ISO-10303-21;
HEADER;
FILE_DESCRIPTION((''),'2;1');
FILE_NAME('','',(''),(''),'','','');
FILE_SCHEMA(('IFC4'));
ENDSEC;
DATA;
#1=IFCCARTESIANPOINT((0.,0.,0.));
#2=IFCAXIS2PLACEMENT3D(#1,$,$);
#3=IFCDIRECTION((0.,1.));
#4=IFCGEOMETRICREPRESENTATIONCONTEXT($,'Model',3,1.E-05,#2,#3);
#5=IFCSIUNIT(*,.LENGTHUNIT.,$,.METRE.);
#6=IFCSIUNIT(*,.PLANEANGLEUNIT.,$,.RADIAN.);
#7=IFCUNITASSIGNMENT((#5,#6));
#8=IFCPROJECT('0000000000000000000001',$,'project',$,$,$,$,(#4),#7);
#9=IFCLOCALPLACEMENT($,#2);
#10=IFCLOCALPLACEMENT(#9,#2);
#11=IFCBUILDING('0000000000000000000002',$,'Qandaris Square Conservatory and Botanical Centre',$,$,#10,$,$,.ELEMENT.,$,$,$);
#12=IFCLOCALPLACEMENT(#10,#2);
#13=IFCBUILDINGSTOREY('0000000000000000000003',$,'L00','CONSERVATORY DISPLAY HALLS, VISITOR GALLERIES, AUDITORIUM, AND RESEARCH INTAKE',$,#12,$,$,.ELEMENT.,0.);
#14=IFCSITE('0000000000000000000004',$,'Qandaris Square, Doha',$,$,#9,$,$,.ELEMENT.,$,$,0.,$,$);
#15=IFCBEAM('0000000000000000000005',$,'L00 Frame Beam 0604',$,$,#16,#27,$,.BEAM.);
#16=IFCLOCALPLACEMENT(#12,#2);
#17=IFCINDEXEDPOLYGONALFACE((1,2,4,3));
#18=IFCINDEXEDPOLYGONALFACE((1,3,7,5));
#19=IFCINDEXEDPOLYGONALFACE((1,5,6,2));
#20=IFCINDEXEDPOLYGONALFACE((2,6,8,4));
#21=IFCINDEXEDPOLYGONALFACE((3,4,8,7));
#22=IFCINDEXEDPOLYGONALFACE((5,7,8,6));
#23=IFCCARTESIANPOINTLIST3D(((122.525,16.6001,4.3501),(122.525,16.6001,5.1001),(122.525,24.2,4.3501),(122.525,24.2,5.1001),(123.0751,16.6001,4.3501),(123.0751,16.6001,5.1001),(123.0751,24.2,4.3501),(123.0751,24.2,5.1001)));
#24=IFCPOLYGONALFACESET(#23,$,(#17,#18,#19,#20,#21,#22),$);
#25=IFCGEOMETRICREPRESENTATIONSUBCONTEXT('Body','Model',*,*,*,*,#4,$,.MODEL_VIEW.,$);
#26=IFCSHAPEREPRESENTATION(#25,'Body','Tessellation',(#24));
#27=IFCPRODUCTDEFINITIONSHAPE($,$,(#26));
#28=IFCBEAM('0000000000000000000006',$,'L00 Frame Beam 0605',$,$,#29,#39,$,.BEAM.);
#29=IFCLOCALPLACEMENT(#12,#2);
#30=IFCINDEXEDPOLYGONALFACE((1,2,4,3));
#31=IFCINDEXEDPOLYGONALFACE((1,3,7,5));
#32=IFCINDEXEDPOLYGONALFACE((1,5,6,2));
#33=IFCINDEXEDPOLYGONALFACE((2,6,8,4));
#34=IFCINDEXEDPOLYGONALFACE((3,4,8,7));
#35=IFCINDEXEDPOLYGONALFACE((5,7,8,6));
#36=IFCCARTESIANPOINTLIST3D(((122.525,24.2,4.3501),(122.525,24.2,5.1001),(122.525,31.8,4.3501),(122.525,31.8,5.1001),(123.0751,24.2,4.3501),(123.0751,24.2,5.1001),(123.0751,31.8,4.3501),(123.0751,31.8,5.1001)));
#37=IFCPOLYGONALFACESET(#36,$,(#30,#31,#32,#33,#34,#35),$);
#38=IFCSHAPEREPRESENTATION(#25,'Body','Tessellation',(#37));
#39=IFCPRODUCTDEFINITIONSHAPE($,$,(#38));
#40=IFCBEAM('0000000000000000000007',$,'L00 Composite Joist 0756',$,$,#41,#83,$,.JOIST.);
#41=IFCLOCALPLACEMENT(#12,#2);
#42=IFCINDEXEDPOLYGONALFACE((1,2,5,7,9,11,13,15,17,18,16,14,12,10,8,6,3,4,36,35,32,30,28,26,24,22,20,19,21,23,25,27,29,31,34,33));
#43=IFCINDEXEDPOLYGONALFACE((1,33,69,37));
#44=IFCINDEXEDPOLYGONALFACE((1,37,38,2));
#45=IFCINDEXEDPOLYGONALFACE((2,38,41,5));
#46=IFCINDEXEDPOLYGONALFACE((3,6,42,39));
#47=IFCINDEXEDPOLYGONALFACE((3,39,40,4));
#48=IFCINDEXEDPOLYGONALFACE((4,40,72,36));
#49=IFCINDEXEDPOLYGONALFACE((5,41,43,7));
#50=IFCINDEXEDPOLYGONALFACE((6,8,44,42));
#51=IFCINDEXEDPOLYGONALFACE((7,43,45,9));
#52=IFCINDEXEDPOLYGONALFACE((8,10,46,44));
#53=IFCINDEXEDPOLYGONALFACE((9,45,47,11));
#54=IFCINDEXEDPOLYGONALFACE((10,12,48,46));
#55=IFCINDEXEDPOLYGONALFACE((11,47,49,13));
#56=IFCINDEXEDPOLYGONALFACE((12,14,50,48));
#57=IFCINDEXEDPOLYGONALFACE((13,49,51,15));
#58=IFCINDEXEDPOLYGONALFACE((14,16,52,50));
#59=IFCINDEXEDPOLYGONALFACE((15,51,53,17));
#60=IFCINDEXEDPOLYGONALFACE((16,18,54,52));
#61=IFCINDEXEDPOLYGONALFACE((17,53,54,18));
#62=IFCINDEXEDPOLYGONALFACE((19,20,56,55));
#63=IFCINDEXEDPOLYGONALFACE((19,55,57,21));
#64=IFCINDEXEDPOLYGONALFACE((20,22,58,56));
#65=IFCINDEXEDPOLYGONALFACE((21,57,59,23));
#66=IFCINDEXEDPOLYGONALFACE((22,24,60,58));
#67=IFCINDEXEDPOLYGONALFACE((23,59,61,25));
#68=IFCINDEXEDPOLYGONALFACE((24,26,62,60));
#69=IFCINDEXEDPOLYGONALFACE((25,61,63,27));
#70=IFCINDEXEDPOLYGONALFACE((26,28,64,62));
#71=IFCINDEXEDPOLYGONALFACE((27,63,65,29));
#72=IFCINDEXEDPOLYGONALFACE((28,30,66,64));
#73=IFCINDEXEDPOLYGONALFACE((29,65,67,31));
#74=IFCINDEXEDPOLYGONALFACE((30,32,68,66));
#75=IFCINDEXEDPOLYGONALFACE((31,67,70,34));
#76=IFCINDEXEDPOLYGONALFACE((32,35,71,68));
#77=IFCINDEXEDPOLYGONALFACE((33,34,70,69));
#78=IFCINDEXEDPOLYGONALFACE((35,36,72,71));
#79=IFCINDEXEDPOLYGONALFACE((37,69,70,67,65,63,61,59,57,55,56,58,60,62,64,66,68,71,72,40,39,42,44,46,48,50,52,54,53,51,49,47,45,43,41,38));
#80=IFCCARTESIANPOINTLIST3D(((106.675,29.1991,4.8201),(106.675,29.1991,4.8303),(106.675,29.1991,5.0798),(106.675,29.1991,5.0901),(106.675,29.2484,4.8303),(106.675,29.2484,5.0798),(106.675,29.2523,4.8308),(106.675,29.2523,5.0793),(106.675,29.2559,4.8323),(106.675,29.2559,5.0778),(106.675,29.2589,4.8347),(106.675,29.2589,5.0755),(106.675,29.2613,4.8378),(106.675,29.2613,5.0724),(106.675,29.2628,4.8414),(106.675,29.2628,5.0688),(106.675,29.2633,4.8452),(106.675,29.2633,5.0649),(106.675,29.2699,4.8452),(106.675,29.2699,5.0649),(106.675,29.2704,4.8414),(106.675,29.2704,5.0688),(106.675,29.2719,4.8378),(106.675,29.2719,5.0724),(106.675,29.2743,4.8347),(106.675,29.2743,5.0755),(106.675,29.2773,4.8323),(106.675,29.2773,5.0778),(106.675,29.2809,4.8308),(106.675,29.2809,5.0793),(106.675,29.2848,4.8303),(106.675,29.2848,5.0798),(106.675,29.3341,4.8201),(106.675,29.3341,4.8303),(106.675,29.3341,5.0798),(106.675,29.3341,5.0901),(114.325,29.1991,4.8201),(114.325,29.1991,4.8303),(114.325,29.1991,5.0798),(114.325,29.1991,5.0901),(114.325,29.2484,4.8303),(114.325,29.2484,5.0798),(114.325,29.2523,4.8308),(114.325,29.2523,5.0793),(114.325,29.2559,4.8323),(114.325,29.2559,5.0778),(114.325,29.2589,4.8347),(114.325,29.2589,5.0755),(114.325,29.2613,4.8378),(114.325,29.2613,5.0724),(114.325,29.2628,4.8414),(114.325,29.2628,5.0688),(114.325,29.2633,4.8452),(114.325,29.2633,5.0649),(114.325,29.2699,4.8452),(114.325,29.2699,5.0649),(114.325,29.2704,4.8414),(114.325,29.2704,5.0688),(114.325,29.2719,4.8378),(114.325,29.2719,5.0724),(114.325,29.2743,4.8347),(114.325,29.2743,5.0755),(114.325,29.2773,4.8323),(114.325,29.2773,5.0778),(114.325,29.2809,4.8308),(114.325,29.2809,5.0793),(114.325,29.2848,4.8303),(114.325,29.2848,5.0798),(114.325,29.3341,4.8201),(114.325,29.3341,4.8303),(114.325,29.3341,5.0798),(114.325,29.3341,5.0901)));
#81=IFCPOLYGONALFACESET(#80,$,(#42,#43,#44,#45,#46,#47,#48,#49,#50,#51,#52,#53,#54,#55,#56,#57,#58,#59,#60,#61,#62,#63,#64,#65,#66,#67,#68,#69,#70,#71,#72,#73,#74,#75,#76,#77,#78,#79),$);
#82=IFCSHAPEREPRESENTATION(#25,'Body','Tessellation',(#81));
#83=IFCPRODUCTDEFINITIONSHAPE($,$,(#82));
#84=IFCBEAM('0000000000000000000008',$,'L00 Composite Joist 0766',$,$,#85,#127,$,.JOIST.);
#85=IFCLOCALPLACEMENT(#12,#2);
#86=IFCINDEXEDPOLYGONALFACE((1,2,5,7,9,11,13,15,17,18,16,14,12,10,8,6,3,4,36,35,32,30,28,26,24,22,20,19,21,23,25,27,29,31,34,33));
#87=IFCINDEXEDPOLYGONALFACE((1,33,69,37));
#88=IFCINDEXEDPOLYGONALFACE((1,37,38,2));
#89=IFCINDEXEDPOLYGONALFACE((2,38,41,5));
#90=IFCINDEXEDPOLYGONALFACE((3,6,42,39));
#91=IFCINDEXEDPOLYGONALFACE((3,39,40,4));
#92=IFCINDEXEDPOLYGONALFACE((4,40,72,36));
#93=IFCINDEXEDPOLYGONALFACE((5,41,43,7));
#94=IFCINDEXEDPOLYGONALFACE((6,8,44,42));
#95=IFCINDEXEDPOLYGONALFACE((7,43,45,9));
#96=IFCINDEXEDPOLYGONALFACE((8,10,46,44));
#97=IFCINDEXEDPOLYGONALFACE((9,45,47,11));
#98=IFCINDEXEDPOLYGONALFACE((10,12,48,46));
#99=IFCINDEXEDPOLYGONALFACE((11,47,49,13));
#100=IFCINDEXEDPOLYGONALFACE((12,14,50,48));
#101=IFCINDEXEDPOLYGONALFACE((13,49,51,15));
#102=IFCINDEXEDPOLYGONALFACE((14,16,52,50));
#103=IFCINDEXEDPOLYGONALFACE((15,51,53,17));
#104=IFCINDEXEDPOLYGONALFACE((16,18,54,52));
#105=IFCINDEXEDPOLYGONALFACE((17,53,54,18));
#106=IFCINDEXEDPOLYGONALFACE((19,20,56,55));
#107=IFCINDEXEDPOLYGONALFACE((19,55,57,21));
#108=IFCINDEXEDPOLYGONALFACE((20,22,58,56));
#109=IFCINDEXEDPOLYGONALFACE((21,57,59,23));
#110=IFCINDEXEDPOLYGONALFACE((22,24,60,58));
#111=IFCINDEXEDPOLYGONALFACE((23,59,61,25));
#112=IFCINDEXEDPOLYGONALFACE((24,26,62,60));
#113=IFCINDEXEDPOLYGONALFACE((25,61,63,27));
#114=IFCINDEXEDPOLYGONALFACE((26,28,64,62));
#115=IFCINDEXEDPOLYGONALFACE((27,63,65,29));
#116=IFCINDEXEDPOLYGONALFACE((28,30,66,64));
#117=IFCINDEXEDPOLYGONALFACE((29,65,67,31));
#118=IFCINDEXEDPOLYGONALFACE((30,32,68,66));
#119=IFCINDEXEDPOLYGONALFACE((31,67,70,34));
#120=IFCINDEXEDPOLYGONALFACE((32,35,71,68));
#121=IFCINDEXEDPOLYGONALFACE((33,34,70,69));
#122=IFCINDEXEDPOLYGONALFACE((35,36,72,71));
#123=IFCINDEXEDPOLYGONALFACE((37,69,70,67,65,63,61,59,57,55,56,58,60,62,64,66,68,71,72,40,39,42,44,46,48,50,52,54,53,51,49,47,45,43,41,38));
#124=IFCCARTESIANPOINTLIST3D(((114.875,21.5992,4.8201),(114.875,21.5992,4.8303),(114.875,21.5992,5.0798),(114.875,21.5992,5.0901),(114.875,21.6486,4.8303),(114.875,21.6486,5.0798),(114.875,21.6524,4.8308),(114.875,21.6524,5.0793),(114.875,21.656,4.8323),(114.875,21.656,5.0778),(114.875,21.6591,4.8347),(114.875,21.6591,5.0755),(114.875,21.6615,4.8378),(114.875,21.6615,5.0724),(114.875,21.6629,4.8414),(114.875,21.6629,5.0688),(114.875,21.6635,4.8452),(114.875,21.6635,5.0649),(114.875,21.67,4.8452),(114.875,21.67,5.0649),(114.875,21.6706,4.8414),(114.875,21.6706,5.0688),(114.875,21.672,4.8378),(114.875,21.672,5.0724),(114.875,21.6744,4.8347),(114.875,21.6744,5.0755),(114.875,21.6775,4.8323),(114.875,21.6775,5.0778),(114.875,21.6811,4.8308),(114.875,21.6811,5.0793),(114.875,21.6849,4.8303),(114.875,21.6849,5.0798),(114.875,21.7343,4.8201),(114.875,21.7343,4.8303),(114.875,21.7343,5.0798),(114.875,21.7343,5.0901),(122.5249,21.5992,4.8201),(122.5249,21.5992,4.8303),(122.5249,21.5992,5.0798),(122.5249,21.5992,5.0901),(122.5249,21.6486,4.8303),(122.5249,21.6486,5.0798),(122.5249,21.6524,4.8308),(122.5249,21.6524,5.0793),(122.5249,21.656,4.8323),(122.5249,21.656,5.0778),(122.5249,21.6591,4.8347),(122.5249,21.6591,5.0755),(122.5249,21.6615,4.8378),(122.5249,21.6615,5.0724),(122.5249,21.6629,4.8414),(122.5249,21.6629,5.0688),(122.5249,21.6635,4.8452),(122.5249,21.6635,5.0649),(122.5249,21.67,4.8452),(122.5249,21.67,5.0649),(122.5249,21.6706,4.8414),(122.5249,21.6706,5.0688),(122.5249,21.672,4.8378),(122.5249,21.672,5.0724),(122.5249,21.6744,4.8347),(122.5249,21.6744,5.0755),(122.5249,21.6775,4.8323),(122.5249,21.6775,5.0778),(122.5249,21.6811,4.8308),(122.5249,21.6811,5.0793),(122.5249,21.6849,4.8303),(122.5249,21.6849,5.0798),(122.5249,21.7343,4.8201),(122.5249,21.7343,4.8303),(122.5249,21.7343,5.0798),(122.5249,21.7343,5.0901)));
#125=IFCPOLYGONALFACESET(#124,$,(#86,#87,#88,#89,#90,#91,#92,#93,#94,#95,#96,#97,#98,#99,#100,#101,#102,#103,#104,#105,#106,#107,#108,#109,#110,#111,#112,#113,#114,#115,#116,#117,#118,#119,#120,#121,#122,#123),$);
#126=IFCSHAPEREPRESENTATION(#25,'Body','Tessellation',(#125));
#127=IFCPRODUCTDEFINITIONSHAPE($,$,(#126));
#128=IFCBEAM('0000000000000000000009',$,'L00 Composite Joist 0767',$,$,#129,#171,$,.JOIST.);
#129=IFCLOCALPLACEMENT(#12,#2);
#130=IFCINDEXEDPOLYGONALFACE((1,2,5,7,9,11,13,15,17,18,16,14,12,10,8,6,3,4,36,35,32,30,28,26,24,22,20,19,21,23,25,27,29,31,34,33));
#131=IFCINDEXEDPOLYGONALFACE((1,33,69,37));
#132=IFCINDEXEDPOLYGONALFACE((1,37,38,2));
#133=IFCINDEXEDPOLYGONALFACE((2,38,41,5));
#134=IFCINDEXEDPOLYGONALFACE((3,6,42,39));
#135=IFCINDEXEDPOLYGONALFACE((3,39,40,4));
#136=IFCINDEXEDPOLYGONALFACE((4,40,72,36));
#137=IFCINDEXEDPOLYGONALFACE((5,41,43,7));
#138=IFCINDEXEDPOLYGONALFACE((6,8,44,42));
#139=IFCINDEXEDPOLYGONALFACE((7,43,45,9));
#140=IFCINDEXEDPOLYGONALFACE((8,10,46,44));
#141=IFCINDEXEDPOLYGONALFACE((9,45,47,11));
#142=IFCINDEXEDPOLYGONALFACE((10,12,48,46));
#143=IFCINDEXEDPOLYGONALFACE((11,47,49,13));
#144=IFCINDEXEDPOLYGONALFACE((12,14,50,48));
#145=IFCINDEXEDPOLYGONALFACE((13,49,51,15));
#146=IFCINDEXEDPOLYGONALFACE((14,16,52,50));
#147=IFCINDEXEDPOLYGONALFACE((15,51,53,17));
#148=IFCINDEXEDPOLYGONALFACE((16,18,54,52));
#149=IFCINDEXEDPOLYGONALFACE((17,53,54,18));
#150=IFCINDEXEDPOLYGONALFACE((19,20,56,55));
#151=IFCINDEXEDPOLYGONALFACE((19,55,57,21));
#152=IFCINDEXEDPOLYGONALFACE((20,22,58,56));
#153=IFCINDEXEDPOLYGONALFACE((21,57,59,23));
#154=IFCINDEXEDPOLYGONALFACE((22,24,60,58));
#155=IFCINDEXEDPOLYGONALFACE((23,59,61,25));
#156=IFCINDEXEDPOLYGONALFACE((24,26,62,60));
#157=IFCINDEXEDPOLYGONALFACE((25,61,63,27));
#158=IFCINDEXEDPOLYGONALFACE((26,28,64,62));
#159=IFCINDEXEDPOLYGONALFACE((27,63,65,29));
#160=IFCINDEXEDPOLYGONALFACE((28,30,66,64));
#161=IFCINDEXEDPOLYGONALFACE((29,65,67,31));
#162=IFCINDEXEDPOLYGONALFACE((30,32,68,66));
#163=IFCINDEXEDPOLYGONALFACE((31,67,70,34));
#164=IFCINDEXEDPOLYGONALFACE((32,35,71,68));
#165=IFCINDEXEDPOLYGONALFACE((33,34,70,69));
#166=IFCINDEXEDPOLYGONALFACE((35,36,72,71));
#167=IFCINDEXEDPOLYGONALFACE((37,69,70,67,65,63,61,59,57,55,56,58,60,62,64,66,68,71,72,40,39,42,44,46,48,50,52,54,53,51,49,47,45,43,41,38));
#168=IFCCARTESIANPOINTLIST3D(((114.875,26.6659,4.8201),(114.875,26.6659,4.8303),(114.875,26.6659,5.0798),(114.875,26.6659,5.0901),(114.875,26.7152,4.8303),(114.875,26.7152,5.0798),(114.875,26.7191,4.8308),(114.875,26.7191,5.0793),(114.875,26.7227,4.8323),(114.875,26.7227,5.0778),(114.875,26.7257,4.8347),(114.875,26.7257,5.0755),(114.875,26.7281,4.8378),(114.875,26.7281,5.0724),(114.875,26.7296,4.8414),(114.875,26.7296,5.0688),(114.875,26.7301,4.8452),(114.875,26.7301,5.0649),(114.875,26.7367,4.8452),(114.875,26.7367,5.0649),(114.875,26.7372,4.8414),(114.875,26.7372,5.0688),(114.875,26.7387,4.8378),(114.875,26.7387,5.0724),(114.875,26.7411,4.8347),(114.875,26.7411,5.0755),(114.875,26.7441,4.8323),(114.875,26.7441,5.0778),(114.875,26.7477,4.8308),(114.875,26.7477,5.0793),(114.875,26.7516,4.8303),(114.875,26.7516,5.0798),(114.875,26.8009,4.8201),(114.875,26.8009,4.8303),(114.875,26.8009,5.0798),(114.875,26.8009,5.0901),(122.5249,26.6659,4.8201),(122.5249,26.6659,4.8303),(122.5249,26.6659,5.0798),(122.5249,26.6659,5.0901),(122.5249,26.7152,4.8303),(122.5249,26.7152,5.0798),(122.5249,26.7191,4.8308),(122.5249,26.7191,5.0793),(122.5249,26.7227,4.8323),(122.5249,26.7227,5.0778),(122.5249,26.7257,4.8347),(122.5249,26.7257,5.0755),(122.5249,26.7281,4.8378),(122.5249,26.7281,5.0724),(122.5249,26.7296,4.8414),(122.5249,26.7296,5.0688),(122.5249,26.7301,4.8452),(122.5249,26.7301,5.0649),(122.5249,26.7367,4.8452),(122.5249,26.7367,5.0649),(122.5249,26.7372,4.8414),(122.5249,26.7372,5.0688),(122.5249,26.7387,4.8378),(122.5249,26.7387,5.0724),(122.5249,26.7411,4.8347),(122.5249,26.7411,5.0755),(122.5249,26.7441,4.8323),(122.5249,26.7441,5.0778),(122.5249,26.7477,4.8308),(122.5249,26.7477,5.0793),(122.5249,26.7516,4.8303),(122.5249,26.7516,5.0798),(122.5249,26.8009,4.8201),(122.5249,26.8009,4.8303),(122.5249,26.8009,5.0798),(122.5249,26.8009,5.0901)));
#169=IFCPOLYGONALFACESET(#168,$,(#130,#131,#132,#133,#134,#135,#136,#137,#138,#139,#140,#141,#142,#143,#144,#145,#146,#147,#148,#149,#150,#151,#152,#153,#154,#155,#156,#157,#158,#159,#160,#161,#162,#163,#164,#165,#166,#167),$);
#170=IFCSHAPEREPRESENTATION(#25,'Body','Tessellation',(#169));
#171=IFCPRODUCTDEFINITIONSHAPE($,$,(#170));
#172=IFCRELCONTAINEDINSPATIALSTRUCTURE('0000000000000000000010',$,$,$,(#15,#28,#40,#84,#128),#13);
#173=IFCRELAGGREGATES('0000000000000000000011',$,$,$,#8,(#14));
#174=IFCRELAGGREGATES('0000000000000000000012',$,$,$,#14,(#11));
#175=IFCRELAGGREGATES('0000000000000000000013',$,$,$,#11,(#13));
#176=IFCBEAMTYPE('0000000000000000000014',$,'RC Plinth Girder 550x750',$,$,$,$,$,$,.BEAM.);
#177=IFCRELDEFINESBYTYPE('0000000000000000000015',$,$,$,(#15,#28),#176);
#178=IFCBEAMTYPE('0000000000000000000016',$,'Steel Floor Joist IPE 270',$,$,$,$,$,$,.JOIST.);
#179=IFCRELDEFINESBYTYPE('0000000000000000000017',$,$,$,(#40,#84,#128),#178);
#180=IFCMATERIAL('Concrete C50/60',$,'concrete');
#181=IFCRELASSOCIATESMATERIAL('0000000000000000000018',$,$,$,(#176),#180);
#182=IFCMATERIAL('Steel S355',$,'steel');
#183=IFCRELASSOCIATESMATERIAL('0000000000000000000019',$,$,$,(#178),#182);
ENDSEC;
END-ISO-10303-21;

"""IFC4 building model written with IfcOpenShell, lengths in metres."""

from ifc_helpers import new_model, si_unit, direction, frame, origin, origin_2d, place, context, subcontext, project, spatial, rectangle, i_section, extrude, material, material_profile, profile_set, type_object, element, save


model = new_model("IFC4")

# Units and contexts
model_context = context("Model", 3, precision=1e-05, world=origin(), true_north=direction((0.0, 1.0)))
body_context = subcontext(model_context, "Body", "Model", "MODEL_VIEW")
ifc_project = project(units=[si_unit("LENGTHUNIT", "METRE"), si_unit("PLANEANGLEUNIT", "RADIAN")], contexts=[model_context])

# Site, building, storey
site_placement = place(None, origin())
site = spatial("IfcSite", under=ifc_project, at=site_placement, Name="Qandaris Square, Doha", CompositionType="ELEMENT", RefElevation=0.0)
building_placement = place(site_placement, origin())
building = spatial("IfcBuilding", under=site, at=building_placement, Name="Qandaris Square Conservatory and Botanical Centre", CompositionType="ELEMENT")
storey_placement = place(building_placement, origin())
storey = spatial("IfcBuildingStorey", under=building, at=storey_placement, Name="L00", Description="CONSERVATORY DISPLAY HALLS, VISITOR GALLERIES, AUDITORIUM, AND RESEARCH INTAKE", CompositionType="ELEMENT", Elevation=0.0)

# Shared definitions
ifc_material_1 = material(Name="Concrete C50/60", Category="concrete")

# Beams
ifc_material_2 = material(Name="Steel S355", Category="steel")
ifc_material_profile_1 = material_profile(ifc_material_1, rectangle(XDim=0.55, YDim=0.75, at=origin_2d()), Name="RC-BM 550x750")
ifc_profile_set_1 = profile_set([ifc_material_profile_1], Name="Concrete C50/60")
beam_type_1 = type_object("IfcBeamType", Name="RC Plinth Girder 550x750", PredefinedType="BEAM", material=ifc_profile_set_1)
beam_1_placement = place(storey_placement, frame((122.8, 16.6001, 4.7251), z_axis=(0.0, 1.0, 0.0), x_axis=(-1.0, 0.0, 0.0)))
element("IfcBeam", 1, at=beam_1_placement, inside=storey, type_object=beam_type_1, Name="L00 Frame Beam 0604", PredefinedType="BEAM", context=body_context, shape_type="SweptSolid", body=[
    extrude(rectangle(XDim=0.55, YDim=0.75, at=origin_2d()), origin(), (0.0, 0.0, 1.0), 7.5999),
])
beam_2_placement = place(storey_placement, frame((122.8, 24.2, 4.7251), z_axis=(0.0, 1.0, 0.0), x_axis=(-1.0, 0.0, 0.0)))
element("IfcBeam", 2, at=beam_2_placement, inside=storey, type_object=beam_type_1, Name="L00 Frame Beam 0605", PredefinedType="BEAM", context=body_context, shape_type="SweptSolid", body=[
    extrude(rectangle(XDim=0.55, YDim=0.75, at=origin_2d()), origin(), (0.0, 0.0, 1.0), 7.6001),
])
ifc_material_profile_2 = material_profile(ifc_material_2, i_section(OverallWidth=0.135, OverallDepth=0.27, WebThickness=0.0066, FlangeThickness=0.0103, FilletRadius=0.0149, at=origin_2d()), Name="IPE 270")
ifc_profile_set_2 = profile_set([ifc_material_profile_2], Name="Steel S355")
beam_type_2 = type_object("IfcBeamType", Name="Steel Floor Joist IPE 270", PredefinedType="JOIST", material=ifc_profile_set_2)
for number, where, z_axis, x_axis, name in (
    (3, (106.675, 29.2666, 4.9551), (1.0, 0.0, 0.0), (0.0, 1.0, 0.0), "L00 Composite Joist 0756"),
    (4, (114.875, 21.6667, 4.9551), (1.0, 0.0, 0.0), (0.0, 1.0, 0.0), "L00 Composite Joist 0766"),
    (5, (114.875, 26.7334, 4.9551), (1.0, 0.0, 0.0), (0.0, 1.0, 0.0), "L00 Composite Joist 0767"),
):
    element("IfcBeam", number, at=place(storey_placement, frame(where, z_axis=z_axis, x_axis=x_axis)), inside=storey, type_object=beam_type_2, Name=name, PredefinedType="JOIST", context=body_context, shape_type="SweptSolid", body=[
        extrude(i_section(OverallWidth=0.135, OverallDepth=0.27, WebThickness=0.0066, FlangeThickness=0.0103, FilletRadius=0.0149, at=origin_2d()), origin(), (0.0, 0.0, 1.0), 7.6499),
    ])

save(model, "model.ifc")
